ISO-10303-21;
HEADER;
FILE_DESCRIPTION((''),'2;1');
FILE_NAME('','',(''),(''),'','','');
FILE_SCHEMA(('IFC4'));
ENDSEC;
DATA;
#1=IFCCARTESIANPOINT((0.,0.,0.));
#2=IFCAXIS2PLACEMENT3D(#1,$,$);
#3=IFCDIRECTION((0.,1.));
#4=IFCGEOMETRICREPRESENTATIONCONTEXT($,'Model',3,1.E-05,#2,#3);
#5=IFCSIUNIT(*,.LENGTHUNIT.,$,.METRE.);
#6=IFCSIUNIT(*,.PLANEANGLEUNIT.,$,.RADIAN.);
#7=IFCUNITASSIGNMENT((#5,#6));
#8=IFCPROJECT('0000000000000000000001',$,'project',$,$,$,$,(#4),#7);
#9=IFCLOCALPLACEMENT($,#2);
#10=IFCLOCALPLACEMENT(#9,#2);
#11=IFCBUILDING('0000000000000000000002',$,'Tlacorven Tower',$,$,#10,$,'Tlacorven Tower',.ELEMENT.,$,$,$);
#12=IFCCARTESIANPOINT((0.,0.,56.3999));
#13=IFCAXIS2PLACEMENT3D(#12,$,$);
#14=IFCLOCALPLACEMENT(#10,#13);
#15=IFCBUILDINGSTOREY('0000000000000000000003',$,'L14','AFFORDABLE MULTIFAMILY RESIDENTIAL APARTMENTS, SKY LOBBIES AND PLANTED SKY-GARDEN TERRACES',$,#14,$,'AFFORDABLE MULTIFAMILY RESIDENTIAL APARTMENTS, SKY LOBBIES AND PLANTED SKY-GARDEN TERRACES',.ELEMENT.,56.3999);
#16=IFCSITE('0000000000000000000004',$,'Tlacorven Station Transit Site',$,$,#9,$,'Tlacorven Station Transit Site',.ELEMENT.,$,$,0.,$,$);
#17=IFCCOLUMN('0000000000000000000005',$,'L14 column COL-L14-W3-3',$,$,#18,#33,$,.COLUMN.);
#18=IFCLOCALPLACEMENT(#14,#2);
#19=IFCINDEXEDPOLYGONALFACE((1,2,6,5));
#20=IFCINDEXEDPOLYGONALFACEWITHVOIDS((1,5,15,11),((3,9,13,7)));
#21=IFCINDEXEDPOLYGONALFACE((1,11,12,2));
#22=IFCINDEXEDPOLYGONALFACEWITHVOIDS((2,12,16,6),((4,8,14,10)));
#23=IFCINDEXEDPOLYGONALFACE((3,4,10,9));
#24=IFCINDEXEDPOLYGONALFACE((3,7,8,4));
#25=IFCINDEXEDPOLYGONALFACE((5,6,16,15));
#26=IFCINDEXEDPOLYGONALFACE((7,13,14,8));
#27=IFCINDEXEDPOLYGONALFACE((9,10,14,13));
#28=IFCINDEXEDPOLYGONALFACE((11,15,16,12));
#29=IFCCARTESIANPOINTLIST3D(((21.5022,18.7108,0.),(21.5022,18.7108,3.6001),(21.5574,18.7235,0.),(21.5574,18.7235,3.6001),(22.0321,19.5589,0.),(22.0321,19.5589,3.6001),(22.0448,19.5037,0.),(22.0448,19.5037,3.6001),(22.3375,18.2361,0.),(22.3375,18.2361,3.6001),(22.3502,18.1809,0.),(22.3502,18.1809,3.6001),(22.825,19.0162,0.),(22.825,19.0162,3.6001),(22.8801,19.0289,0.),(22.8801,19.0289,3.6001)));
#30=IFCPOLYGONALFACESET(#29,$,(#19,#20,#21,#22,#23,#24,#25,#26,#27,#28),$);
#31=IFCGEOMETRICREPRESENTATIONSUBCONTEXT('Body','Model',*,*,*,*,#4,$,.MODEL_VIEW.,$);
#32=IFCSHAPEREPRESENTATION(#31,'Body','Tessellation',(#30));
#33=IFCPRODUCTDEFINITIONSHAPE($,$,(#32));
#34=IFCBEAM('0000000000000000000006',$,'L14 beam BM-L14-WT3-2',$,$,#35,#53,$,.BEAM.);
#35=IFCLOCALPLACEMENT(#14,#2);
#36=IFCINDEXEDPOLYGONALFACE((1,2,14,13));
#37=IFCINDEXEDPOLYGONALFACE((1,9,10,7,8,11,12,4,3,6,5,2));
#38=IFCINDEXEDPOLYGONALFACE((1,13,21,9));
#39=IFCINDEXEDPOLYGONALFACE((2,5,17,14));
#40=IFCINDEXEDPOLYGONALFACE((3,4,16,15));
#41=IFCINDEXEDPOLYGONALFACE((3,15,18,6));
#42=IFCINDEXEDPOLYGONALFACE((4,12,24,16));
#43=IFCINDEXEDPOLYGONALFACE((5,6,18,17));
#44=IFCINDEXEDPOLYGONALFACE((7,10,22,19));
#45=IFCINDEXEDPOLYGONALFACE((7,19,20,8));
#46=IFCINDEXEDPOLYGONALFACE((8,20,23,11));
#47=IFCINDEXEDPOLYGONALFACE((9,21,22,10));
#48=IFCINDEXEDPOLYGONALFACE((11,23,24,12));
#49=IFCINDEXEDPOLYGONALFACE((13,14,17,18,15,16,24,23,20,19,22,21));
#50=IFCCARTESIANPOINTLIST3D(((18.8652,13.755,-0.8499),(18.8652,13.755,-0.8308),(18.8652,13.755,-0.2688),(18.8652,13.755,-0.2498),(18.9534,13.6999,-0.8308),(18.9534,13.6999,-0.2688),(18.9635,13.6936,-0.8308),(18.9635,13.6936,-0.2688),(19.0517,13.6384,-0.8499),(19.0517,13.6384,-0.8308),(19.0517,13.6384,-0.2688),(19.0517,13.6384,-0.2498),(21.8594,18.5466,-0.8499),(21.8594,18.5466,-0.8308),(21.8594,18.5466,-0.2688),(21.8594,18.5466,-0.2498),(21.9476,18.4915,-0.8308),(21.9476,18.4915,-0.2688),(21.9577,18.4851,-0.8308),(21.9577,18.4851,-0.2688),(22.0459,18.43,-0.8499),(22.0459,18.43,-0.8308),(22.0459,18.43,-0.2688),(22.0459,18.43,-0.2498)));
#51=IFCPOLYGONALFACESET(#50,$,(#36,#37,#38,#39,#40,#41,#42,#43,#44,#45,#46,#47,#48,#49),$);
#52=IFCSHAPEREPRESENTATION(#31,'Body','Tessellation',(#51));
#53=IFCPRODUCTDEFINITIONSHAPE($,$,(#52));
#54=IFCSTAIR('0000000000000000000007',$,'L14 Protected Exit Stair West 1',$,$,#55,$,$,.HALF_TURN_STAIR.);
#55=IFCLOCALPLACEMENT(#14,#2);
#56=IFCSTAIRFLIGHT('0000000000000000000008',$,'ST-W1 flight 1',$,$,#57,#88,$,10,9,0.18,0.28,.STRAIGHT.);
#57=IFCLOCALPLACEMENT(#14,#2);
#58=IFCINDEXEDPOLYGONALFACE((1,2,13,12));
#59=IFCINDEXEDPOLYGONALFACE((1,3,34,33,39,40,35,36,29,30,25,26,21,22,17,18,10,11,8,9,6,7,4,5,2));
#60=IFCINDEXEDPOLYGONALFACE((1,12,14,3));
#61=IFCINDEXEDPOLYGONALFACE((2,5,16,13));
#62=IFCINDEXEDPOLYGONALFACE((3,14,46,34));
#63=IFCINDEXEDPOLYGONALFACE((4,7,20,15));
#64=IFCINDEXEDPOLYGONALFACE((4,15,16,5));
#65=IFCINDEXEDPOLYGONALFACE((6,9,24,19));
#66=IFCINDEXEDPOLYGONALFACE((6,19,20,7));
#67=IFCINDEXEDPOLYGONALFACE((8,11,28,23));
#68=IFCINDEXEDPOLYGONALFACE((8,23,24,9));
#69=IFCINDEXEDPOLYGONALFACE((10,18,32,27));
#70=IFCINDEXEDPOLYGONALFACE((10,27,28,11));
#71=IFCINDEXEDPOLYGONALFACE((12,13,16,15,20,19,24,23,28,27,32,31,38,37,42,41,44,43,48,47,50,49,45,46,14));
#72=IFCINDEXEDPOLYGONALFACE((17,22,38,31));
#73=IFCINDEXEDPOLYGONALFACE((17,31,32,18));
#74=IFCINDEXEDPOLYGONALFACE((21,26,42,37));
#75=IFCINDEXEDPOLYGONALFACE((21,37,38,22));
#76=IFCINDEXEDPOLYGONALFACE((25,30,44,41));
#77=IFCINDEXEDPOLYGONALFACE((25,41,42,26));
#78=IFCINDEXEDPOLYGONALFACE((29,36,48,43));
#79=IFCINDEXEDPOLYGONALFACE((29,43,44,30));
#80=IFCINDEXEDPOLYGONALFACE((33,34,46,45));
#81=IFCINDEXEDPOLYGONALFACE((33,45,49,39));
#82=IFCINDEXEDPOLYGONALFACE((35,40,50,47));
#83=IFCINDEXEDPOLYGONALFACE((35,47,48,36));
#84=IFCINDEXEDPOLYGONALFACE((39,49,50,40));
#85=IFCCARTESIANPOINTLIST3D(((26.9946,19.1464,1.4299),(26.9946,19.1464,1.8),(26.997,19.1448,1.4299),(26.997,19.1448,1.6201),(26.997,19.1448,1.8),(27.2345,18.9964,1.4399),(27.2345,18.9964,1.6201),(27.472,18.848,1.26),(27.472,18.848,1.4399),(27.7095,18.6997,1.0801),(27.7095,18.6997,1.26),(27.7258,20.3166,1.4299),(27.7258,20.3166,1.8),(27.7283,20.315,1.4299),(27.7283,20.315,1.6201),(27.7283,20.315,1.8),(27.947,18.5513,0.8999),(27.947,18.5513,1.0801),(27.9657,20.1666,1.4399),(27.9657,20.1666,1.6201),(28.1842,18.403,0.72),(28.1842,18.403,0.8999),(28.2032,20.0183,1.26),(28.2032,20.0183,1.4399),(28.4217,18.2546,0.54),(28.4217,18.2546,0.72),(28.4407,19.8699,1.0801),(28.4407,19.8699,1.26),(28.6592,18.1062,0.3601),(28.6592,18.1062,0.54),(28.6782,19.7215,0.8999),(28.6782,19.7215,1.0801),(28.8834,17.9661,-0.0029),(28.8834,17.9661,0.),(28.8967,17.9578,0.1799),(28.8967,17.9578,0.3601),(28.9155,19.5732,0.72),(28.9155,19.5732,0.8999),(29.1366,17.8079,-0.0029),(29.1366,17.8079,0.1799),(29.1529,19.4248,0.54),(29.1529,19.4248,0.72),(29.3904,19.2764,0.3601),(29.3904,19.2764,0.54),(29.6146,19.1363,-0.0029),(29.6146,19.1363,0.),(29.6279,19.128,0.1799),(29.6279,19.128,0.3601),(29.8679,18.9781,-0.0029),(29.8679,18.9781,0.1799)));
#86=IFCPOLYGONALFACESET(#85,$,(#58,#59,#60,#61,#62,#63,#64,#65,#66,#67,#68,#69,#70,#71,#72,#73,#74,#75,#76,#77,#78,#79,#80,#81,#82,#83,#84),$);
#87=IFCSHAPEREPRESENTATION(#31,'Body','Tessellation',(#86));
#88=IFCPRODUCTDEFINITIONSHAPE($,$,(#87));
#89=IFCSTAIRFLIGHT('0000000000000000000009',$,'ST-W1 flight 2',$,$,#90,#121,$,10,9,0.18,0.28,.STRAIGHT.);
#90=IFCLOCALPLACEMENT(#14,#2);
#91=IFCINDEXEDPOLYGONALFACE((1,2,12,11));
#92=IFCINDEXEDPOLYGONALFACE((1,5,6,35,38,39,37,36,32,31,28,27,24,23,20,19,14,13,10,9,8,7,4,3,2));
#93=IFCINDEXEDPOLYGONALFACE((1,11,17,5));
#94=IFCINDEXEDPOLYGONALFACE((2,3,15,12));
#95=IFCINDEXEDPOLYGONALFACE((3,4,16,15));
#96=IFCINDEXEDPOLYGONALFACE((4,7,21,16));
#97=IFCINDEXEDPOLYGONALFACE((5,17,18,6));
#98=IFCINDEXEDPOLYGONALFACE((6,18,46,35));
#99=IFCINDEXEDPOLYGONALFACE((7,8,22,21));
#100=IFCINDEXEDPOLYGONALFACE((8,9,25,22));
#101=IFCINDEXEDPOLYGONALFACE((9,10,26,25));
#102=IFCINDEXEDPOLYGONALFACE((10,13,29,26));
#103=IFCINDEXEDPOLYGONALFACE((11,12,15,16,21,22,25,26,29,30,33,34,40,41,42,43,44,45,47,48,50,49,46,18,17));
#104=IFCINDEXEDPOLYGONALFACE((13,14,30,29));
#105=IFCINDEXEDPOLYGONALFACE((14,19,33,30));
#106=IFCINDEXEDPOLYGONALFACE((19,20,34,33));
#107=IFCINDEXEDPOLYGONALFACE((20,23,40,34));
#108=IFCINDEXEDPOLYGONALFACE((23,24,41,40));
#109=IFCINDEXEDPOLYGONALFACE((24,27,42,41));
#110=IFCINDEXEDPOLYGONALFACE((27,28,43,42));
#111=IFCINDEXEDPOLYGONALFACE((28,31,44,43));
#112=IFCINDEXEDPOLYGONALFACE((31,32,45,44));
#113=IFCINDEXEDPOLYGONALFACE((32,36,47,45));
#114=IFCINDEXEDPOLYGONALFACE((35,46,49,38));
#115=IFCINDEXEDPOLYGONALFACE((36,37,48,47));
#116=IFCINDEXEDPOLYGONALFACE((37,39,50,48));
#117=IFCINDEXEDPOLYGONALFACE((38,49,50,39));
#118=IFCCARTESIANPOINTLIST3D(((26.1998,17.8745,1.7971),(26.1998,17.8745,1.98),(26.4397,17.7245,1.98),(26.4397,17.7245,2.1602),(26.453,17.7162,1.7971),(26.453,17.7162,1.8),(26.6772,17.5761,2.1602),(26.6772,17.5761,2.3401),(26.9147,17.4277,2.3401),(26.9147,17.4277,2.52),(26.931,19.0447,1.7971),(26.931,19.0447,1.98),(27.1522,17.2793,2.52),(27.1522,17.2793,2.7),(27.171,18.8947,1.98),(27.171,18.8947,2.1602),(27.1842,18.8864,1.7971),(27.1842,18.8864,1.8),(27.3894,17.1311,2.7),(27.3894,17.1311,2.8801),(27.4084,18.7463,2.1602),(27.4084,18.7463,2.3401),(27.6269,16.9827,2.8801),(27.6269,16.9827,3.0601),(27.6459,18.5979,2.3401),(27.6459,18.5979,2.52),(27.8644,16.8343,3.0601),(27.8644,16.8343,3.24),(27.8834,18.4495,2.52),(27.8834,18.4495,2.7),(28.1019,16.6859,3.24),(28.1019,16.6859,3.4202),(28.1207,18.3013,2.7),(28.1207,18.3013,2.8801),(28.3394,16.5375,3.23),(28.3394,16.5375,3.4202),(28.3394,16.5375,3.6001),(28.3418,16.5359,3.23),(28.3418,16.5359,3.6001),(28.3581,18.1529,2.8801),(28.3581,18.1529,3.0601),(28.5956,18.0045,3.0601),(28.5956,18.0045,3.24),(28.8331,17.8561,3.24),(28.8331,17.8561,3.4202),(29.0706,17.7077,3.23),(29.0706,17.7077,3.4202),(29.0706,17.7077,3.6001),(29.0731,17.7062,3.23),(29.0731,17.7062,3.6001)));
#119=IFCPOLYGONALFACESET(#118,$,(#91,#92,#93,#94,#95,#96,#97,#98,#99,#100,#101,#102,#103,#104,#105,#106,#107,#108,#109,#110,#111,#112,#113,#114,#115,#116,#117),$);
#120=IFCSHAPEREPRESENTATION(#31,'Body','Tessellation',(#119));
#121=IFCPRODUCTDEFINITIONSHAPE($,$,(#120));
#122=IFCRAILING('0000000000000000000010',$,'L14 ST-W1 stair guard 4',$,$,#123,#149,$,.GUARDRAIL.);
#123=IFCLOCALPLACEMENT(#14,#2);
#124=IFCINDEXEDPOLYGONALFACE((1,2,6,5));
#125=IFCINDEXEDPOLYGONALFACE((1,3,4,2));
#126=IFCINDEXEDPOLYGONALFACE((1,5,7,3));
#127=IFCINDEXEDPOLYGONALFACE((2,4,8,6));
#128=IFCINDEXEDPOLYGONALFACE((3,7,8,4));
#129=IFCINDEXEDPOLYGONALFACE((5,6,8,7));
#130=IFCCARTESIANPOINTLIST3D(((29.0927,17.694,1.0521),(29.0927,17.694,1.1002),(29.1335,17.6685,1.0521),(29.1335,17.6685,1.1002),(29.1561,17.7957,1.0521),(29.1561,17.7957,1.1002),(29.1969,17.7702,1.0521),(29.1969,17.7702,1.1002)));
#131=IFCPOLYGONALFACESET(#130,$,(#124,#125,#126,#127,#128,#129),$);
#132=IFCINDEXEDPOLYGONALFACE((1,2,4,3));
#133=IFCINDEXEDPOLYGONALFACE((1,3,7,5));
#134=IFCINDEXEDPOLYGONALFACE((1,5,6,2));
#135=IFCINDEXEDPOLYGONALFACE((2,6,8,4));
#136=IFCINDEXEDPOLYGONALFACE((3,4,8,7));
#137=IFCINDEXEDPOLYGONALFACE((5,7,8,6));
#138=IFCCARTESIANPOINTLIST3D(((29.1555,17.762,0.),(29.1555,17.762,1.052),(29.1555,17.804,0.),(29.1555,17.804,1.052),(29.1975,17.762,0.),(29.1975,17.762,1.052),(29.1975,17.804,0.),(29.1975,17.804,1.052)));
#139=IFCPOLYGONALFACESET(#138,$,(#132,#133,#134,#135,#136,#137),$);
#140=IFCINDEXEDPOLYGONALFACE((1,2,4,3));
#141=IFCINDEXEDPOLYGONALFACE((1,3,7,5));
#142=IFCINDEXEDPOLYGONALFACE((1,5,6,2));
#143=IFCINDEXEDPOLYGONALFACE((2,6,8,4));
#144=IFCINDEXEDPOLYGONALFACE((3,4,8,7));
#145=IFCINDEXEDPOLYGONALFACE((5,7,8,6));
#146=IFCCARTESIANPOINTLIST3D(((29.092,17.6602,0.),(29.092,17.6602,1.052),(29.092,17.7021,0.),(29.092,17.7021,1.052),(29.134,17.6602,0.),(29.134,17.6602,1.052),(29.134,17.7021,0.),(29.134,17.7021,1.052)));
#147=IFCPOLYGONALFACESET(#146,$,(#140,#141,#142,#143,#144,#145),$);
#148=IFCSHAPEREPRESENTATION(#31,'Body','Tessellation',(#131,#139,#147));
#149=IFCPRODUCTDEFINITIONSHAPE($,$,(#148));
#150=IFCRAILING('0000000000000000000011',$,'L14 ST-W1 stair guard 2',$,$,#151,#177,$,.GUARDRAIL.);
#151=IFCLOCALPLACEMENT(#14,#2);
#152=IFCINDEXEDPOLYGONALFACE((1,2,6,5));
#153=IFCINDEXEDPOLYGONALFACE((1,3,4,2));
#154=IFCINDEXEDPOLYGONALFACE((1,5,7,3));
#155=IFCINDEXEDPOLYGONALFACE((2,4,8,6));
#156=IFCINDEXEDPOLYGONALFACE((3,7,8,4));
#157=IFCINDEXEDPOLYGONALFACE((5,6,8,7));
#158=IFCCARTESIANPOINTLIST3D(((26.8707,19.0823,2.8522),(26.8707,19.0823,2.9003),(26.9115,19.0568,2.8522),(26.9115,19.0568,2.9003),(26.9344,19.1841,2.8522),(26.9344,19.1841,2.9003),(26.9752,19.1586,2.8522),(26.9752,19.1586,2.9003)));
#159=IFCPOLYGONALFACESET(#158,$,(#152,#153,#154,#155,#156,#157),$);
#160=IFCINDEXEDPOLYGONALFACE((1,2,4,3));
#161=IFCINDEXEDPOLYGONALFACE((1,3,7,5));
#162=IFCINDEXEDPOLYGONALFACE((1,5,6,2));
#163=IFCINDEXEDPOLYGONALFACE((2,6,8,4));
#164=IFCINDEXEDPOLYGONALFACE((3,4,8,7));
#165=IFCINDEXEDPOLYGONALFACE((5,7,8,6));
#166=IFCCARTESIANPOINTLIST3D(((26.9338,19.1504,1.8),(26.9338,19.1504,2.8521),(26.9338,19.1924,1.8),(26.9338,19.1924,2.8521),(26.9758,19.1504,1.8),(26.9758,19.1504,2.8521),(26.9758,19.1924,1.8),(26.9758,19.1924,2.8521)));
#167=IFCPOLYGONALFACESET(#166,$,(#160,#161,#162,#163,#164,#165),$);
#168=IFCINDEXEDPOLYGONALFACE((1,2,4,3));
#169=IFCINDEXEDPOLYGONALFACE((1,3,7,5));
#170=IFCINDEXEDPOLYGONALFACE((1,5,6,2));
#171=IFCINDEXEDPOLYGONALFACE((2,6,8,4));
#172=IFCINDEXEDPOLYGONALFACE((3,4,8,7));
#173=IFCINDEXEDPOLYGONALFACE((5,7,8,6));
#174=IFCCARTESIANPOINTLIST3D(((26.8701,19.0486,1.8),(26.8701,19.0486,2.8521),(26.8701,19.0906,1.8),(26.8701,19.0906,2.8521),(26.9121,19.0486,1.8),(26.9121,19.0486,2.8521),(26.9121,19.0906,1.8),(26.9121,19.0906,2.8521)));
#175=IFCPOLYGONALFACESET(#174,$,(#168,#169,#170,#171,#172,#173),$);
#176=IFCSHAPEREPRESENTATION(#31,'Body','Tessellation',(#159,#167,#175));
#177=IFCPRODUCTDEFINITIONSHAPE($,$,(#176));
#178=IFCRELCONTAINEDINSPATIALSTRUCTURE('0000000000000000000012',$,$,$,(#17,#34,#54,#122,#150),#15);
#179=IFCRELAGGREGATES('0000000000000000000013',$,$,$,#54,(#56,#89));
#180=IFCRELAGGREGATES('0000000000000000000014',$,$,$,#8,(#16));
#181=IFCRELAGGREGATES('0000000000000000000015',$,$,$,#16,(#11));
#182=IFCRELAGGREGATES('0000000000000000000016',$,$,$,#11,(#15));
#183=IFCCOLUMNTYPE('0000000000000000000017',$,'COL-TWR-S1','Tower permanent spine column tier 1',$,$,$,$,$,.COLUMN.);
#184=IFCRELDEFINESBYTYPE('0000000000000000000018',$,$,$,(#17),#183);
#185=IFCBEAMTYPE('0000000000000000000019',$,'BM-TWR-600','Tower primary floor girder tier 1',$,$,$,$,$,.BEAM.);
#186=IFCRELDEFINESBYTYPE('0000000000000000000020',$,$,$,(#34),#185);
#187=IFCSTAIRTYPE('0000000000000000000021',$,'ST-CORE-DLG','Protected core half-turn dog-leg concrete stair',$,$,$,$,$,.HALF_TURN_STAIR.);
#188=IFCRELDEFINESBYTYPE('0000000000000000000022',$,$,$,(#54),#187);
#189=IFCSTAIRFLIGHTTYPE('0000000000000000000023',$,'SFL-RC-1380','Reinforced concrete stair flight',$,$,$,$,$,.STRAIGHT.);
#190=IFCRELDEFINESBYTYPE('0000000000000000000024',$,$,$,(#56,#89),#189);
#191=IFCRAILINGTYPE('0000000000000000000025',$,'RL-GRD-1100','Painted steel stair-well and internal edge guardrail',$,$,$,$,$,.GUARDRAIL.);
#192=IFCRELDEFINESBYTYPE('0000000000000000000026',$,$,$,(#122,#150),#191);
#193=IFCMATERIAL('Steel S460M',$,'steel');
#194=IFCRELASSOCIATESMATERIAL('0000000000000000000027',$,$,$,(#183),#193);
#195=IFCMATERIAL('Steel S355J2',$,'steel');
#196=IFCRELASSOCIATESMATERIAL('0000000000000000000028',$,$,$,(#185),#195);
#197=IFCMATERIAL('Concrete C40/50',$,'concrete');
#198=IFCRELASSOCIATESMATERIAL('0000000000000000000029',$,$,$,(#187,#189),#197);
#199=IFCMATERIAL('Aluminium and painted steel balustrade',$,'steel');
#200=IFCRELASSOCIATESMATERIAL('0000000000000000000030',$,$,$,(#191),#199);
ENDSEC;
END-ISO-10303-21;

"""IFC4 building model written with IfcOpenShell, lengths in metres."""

from ifc_helpers import new_model, si_unit, direction, frame, origin, origin_2d, place, context, subcontext, project, spatial, polyline, rectangle, hollow_rectangle, i_section, outline, extrude, source, transform, mapped, material, material_profile, profile_set, type_object, element, aggregate, save


model = new_model("IFC4")

# Units and contexts
model_context = context("Model", 3, precision=1e-05, world=origin(), true_north=direction((0.0, 1.0)))
body_context = subcontext(model_context, "Body", "Model", "MODEL_VIEW")
ifc_project = project(units=[si_unit("LENGTHUNIT", "METRE"), si_unit("PLANEANGLEUNIT", "RADIAN")], contexts=[model_context])

# Site, building, storey
site_placement = place(None, origin())
site = spatial("IfcSite", under=ifc_project, at=site_placement, Name="Tlacorven Station Transit Site", LongName="Tlacorven Station Transit Site", CompositionType="ELEMENT", RefElevation=0.0)
building_placement = place(site_placement, origin())
building = spatial("IfcBuilding", under=site, at=building_placement, Name="Tlacorven Tower", LongName="Tlacorven Tower", CompositionType="ELEMENT")
storey_placement = place(building_placement, frame((0.0, 0.0, 56.3999)))
storey = spatial("IfcBuildingStorey", under=building, at=storey_placement, Name="L14", Description="AFFORDABLE MULTIFAMILY RESIDENTIAL APARTMENTS, SKY LOBBIES AND PLANTED SKY-GARDEN TERRACES", LongName="AFFORDABLE MULTIFAMILY RESIDENTIAL APARTMENTS, SKY LOBBIES AND PLANTED SKY-GARDEN TERRACES", CompositionType="ELEMENT", Elevation=56.3999)

# Column
ifc_material_1 = material(Name="Steel S460M", Category="steel")
ifc_material_profile_1 = material_profile(ifc_material_1, hollow_rectangle(XDim=1.0, YDim=1.0, WallThickness=0.04, at=origin_2d()), Name="BOX 1000X1000X40")
ifc_profile_set_1 = profile_set([ifc_material_profile_1], Name="Steel S460M")
column_type = type_object("IfcColumnType", Name="COL-TWR-S1", Description="Tower permanent spine column tier 1", PredefinedType="COLUMN", material=ifc_profile_set_1)
shared_shape_1 = source(origin(), body_context, "Body", "SweptSolid", [
    extrude(hollow_rectangle(XDim=1.0, YDim=1.0, WallThickness=0.04, at=origin_2d()), origin(), (0.0, 0.0, 1.0), 3.6001),
])
column_placement = place(storey_placement, frame((22.1912, 18.8699, 0.0), z_axis=(0.0, 0.0, 1.0), x_axis=(-0.848048, 0.529919, 0.0)))
element("IfcColumn", 1, at=column_placement, inside=storey, type_object=column_type, Name="L14 column COL-L14-W3-3", PredefinedType="COLUMN", context=body_context, shape_type="MappedRepresentation", body=[
    mapped(shared_shape_1, transform((0.0, 0.0, 0.0), scale=1.0)),
])

# Beam
ifc_material_2 = material(Name="Steel S355J2", Category="steel")
ifc_material_profile_2 = material_profile(ifc_material_2, i_section(OverallWidth=0.22, OverallDepth=0.6001, WebThickness=0.012, FlangeThickness=0.019, at=origin_2d()), Name="IPE 600")
ifc_profile_set_2 = profile_set([ifc_material_profile_2], Name="Steel S355J2")
beam_type = type_object("IfcBeamType", Name="BM-TWR-600", Description="Tower primary floor girder tier 1", PredefinedType="BEAM", material=ifc_profile_set_2)
shared_shape_2 = source(origin(), body_context, "Body", "SweptSolid", [
    extrude(i_section(OverallWidth=0.22, OverallDepth=0.6001, WebThickness=0.012, FlangeThickness=0.019, at=origin_2d()), origin(), (0.0, 0.0, 1.0), 5.6501),
])
beam_placement = place(storey_placement, frame((21.9526, 18.4883, -0.5498), z_axis=(-0.529929, -0.848042, 0.0), x_axis=(0.848042, -0.529929, 0.0)))
element("IfcBeam", 2, at=beam_placement, inside=storey, type_object=beam_type, Name="L14 beam BM-L14-WT3-2", PredefinedType="BEAM", context=body_context, shape_type="MappedRepresentation", body=[
    mapped(shared_shape_2, transform((0.0, 0.0, 0.0), scale=1.0)),
])

# Stair, stair flights
ifc_material_3 = material(Name="Concrete C40/50", Category="concrete")
stair_type = type_object("IfcStairType", Name="ST-CORE-DLG", Description="Protected core half-turn dog-leg concrete stair", PredefinedType="HALF_TURN_STAIR", material=ifc_material_3)
stair_placement = place(storey_placement, origin())
stair = element("IfcStair", 3, at=stair_placement, inside=storey, type_object=stair_type, Name="L14 Protected Exit Stair West 1", PredefinedType="HALF_TURN_STAIR")
stair_flight_type = type_object("IfcStairFlightType", Name="SFL-RC-1380", Description="Reinforced concrete stair flight", PredefinedType="STRAIGHT", material=ifc_material_3)
shared_shape_3 = source(origin(), body_context, "Body", "SweptSolid", [
    extrude(outline(polyline([(-0.0029, -0.0029), (-0.0029, 0.1799), (0.28, 0.1799), (0.28, 0.3601), (0.5601, 0.3601), (0.5601, 0.54), (0.8401, 0.54), (0.8401, 0.72), (1.1201, 0.72), (1.1201, 0.8999), (1.3999, 0.8999), (1.3999, 1.0801), (1.6799, 1.0801), (1.6799, 1.26), (1.96, 1.26), (1.96, 1.4399), (2.24, 1.4399), (2.24, 1.6201), (2.52, 1.6201), (2.52, 1.8), (2.5229, 1.8), (2.5229, 1.4299), (2.52, 1.4299), (0.2957, 0.0), (0.2957, -0.0029), (-0.0029, -0.0029)])), frame((0.0, 0.6899, 0.0), z_axis=(0.0, -1.0, 0.0), x_axis=(1.0, 0.0, 0.0)), (0.0, 0.0, 1.0), 1.3799),
])
stair_flight_1_placement = place(storey_placement, frame((29.4998, 18.3945, 0.0), z_axis=(0.0, 0.0, 1.0), x_axis=(-0.848048, 0.529919, 0.0)))
stair_flight_1 = element("IfcStairFlight", 4, at=stair_flight_1_placement, type_object=stair_flight_type, Name="ST-W1 flight 1", NumberOfRisers=10, NumberOfTreads=9, PredefinedType="STRAIGHT", RiserHeight=0.18, TreadLength=0.28, context=body_context, shape_type="MappedRepresentation", body=[
    mapped(shared_shape_3, transform((0.0, 0.0, 0.0), scale=1.0)),
])
stair_flight_2_placement = place(storey_placement, frame((26.5679, 18.458, 1.8), z_axis=(0.0, 0.0, 1.0), x_axis=(0.848048, -0.529919, 0.0)))
stair_flight_2 = element("IfcStairFlight", 5, at=stair_flight_2_placement, type_object=stair_flight_type, Name="ST-W1 flight 2", NumberOfRisers=10, NumberOfTreads=9, PredefinedType="STRAIGHT", RiserHeight=0.18, TreadLength=0.28, context=body_context, shape_type="MappedRepresentation", body=[
    mapped(shared_shape_3, transform((0.0, 0.0, 0.0), scale=1.0)),
])
aggregate(stair, [stair_flight_1, stair_flight_2])

# Railings
ifc_material_4 = material(Name="Aluminium and painted steel balustrade", Category="steel")
railing_type_1 = type_object("IfcRailingType", Name="RL-GRD-1100", Description="Painted steel stair-well and internal edge guardrail", PredefinedType="GUARDRAIL", material=ifc_material_4)
shared_shape_4 = source(origin(), body_context, "Body", "SweptSolid", [
    extrude(rectangle(XDim=0.0481, YDim=0.0481, at=origin_2d()), frame((0.0, 0.0, 1.0762), z_axis=(-0.529084, -0.848569, 0.0), x_axis=(0.848569, -0.529084, 0.0)), (0.0, 0.0, 1.0), 0.1199),
    extrude(rectangle(XDim=0.042, YDim=0.042, at=origin_2d()), origin(), (0.0, 0.0, 1.0), 1.052),
    extrude(rectangle(XDim=0.042, YDim=0.042, at=origin_2d()), frame((-0.0635, -0.1018, 0.0)), (0.0, 0.0, 1.0), 1.052),
])
railing_1_placement = place(storey_placement, frame((29.1765, 17.783, 0.0)))
element("IfcRailing", 6, at=railing_1_placement, inside=storey, type_object=railing_type_1, Name="L14 ST-W1 stair guard 4", PredefinedType="GUARDRAIL", context=body_context, shape_type="MappedRepresentation", body=[
    mapped(shared_shape_4, transform((0.0, 0.0, 0.0), scale=1.0)),
])
shared_shape_5 = source(origin(), body_context, "Body", "SweptSolid", [
    extrude(rectangle(XDim=0.0481, YDim=0.0481, at=origin_2d()), frame((0.0, 0.0, 1.0762), z_axis=(-0.530547, -0.847656, 0.0), x_axis=(0.847656, -0.530547, 0.0)), (0.0, 0.0, 1.0), 0.1201),
    extrude(rectangle(XDim=0.042, YDim=0.042, at=origin_2d()), origin(), (0.0, 0.0, 1.0), 1.052),
    extrude(rectangle(XDim=0.042, YDim=0.042, at=origin_2d()), frame((-0.0637, -0.1018, 0.0)), (0.0, 0.0, 1.0), 1.052),
])
railing_2_placement = place(storey_placement, frame((26.9548, 19.1714, 1.8)))
element("IfcRailing", 7, at=railing_2_placement, inside=storey, type_object=railing_type_1, Name="L14 ST-W1 stair guard 2", PredefinedType="GUARDRAIL", context=body_context, shape_type="MappedRepresentation", body=[
    mapped(shared_shape_5, transform((0.0, 0.0, 0.0), scale=1.0)),
])

save(model, "model.ifc")
